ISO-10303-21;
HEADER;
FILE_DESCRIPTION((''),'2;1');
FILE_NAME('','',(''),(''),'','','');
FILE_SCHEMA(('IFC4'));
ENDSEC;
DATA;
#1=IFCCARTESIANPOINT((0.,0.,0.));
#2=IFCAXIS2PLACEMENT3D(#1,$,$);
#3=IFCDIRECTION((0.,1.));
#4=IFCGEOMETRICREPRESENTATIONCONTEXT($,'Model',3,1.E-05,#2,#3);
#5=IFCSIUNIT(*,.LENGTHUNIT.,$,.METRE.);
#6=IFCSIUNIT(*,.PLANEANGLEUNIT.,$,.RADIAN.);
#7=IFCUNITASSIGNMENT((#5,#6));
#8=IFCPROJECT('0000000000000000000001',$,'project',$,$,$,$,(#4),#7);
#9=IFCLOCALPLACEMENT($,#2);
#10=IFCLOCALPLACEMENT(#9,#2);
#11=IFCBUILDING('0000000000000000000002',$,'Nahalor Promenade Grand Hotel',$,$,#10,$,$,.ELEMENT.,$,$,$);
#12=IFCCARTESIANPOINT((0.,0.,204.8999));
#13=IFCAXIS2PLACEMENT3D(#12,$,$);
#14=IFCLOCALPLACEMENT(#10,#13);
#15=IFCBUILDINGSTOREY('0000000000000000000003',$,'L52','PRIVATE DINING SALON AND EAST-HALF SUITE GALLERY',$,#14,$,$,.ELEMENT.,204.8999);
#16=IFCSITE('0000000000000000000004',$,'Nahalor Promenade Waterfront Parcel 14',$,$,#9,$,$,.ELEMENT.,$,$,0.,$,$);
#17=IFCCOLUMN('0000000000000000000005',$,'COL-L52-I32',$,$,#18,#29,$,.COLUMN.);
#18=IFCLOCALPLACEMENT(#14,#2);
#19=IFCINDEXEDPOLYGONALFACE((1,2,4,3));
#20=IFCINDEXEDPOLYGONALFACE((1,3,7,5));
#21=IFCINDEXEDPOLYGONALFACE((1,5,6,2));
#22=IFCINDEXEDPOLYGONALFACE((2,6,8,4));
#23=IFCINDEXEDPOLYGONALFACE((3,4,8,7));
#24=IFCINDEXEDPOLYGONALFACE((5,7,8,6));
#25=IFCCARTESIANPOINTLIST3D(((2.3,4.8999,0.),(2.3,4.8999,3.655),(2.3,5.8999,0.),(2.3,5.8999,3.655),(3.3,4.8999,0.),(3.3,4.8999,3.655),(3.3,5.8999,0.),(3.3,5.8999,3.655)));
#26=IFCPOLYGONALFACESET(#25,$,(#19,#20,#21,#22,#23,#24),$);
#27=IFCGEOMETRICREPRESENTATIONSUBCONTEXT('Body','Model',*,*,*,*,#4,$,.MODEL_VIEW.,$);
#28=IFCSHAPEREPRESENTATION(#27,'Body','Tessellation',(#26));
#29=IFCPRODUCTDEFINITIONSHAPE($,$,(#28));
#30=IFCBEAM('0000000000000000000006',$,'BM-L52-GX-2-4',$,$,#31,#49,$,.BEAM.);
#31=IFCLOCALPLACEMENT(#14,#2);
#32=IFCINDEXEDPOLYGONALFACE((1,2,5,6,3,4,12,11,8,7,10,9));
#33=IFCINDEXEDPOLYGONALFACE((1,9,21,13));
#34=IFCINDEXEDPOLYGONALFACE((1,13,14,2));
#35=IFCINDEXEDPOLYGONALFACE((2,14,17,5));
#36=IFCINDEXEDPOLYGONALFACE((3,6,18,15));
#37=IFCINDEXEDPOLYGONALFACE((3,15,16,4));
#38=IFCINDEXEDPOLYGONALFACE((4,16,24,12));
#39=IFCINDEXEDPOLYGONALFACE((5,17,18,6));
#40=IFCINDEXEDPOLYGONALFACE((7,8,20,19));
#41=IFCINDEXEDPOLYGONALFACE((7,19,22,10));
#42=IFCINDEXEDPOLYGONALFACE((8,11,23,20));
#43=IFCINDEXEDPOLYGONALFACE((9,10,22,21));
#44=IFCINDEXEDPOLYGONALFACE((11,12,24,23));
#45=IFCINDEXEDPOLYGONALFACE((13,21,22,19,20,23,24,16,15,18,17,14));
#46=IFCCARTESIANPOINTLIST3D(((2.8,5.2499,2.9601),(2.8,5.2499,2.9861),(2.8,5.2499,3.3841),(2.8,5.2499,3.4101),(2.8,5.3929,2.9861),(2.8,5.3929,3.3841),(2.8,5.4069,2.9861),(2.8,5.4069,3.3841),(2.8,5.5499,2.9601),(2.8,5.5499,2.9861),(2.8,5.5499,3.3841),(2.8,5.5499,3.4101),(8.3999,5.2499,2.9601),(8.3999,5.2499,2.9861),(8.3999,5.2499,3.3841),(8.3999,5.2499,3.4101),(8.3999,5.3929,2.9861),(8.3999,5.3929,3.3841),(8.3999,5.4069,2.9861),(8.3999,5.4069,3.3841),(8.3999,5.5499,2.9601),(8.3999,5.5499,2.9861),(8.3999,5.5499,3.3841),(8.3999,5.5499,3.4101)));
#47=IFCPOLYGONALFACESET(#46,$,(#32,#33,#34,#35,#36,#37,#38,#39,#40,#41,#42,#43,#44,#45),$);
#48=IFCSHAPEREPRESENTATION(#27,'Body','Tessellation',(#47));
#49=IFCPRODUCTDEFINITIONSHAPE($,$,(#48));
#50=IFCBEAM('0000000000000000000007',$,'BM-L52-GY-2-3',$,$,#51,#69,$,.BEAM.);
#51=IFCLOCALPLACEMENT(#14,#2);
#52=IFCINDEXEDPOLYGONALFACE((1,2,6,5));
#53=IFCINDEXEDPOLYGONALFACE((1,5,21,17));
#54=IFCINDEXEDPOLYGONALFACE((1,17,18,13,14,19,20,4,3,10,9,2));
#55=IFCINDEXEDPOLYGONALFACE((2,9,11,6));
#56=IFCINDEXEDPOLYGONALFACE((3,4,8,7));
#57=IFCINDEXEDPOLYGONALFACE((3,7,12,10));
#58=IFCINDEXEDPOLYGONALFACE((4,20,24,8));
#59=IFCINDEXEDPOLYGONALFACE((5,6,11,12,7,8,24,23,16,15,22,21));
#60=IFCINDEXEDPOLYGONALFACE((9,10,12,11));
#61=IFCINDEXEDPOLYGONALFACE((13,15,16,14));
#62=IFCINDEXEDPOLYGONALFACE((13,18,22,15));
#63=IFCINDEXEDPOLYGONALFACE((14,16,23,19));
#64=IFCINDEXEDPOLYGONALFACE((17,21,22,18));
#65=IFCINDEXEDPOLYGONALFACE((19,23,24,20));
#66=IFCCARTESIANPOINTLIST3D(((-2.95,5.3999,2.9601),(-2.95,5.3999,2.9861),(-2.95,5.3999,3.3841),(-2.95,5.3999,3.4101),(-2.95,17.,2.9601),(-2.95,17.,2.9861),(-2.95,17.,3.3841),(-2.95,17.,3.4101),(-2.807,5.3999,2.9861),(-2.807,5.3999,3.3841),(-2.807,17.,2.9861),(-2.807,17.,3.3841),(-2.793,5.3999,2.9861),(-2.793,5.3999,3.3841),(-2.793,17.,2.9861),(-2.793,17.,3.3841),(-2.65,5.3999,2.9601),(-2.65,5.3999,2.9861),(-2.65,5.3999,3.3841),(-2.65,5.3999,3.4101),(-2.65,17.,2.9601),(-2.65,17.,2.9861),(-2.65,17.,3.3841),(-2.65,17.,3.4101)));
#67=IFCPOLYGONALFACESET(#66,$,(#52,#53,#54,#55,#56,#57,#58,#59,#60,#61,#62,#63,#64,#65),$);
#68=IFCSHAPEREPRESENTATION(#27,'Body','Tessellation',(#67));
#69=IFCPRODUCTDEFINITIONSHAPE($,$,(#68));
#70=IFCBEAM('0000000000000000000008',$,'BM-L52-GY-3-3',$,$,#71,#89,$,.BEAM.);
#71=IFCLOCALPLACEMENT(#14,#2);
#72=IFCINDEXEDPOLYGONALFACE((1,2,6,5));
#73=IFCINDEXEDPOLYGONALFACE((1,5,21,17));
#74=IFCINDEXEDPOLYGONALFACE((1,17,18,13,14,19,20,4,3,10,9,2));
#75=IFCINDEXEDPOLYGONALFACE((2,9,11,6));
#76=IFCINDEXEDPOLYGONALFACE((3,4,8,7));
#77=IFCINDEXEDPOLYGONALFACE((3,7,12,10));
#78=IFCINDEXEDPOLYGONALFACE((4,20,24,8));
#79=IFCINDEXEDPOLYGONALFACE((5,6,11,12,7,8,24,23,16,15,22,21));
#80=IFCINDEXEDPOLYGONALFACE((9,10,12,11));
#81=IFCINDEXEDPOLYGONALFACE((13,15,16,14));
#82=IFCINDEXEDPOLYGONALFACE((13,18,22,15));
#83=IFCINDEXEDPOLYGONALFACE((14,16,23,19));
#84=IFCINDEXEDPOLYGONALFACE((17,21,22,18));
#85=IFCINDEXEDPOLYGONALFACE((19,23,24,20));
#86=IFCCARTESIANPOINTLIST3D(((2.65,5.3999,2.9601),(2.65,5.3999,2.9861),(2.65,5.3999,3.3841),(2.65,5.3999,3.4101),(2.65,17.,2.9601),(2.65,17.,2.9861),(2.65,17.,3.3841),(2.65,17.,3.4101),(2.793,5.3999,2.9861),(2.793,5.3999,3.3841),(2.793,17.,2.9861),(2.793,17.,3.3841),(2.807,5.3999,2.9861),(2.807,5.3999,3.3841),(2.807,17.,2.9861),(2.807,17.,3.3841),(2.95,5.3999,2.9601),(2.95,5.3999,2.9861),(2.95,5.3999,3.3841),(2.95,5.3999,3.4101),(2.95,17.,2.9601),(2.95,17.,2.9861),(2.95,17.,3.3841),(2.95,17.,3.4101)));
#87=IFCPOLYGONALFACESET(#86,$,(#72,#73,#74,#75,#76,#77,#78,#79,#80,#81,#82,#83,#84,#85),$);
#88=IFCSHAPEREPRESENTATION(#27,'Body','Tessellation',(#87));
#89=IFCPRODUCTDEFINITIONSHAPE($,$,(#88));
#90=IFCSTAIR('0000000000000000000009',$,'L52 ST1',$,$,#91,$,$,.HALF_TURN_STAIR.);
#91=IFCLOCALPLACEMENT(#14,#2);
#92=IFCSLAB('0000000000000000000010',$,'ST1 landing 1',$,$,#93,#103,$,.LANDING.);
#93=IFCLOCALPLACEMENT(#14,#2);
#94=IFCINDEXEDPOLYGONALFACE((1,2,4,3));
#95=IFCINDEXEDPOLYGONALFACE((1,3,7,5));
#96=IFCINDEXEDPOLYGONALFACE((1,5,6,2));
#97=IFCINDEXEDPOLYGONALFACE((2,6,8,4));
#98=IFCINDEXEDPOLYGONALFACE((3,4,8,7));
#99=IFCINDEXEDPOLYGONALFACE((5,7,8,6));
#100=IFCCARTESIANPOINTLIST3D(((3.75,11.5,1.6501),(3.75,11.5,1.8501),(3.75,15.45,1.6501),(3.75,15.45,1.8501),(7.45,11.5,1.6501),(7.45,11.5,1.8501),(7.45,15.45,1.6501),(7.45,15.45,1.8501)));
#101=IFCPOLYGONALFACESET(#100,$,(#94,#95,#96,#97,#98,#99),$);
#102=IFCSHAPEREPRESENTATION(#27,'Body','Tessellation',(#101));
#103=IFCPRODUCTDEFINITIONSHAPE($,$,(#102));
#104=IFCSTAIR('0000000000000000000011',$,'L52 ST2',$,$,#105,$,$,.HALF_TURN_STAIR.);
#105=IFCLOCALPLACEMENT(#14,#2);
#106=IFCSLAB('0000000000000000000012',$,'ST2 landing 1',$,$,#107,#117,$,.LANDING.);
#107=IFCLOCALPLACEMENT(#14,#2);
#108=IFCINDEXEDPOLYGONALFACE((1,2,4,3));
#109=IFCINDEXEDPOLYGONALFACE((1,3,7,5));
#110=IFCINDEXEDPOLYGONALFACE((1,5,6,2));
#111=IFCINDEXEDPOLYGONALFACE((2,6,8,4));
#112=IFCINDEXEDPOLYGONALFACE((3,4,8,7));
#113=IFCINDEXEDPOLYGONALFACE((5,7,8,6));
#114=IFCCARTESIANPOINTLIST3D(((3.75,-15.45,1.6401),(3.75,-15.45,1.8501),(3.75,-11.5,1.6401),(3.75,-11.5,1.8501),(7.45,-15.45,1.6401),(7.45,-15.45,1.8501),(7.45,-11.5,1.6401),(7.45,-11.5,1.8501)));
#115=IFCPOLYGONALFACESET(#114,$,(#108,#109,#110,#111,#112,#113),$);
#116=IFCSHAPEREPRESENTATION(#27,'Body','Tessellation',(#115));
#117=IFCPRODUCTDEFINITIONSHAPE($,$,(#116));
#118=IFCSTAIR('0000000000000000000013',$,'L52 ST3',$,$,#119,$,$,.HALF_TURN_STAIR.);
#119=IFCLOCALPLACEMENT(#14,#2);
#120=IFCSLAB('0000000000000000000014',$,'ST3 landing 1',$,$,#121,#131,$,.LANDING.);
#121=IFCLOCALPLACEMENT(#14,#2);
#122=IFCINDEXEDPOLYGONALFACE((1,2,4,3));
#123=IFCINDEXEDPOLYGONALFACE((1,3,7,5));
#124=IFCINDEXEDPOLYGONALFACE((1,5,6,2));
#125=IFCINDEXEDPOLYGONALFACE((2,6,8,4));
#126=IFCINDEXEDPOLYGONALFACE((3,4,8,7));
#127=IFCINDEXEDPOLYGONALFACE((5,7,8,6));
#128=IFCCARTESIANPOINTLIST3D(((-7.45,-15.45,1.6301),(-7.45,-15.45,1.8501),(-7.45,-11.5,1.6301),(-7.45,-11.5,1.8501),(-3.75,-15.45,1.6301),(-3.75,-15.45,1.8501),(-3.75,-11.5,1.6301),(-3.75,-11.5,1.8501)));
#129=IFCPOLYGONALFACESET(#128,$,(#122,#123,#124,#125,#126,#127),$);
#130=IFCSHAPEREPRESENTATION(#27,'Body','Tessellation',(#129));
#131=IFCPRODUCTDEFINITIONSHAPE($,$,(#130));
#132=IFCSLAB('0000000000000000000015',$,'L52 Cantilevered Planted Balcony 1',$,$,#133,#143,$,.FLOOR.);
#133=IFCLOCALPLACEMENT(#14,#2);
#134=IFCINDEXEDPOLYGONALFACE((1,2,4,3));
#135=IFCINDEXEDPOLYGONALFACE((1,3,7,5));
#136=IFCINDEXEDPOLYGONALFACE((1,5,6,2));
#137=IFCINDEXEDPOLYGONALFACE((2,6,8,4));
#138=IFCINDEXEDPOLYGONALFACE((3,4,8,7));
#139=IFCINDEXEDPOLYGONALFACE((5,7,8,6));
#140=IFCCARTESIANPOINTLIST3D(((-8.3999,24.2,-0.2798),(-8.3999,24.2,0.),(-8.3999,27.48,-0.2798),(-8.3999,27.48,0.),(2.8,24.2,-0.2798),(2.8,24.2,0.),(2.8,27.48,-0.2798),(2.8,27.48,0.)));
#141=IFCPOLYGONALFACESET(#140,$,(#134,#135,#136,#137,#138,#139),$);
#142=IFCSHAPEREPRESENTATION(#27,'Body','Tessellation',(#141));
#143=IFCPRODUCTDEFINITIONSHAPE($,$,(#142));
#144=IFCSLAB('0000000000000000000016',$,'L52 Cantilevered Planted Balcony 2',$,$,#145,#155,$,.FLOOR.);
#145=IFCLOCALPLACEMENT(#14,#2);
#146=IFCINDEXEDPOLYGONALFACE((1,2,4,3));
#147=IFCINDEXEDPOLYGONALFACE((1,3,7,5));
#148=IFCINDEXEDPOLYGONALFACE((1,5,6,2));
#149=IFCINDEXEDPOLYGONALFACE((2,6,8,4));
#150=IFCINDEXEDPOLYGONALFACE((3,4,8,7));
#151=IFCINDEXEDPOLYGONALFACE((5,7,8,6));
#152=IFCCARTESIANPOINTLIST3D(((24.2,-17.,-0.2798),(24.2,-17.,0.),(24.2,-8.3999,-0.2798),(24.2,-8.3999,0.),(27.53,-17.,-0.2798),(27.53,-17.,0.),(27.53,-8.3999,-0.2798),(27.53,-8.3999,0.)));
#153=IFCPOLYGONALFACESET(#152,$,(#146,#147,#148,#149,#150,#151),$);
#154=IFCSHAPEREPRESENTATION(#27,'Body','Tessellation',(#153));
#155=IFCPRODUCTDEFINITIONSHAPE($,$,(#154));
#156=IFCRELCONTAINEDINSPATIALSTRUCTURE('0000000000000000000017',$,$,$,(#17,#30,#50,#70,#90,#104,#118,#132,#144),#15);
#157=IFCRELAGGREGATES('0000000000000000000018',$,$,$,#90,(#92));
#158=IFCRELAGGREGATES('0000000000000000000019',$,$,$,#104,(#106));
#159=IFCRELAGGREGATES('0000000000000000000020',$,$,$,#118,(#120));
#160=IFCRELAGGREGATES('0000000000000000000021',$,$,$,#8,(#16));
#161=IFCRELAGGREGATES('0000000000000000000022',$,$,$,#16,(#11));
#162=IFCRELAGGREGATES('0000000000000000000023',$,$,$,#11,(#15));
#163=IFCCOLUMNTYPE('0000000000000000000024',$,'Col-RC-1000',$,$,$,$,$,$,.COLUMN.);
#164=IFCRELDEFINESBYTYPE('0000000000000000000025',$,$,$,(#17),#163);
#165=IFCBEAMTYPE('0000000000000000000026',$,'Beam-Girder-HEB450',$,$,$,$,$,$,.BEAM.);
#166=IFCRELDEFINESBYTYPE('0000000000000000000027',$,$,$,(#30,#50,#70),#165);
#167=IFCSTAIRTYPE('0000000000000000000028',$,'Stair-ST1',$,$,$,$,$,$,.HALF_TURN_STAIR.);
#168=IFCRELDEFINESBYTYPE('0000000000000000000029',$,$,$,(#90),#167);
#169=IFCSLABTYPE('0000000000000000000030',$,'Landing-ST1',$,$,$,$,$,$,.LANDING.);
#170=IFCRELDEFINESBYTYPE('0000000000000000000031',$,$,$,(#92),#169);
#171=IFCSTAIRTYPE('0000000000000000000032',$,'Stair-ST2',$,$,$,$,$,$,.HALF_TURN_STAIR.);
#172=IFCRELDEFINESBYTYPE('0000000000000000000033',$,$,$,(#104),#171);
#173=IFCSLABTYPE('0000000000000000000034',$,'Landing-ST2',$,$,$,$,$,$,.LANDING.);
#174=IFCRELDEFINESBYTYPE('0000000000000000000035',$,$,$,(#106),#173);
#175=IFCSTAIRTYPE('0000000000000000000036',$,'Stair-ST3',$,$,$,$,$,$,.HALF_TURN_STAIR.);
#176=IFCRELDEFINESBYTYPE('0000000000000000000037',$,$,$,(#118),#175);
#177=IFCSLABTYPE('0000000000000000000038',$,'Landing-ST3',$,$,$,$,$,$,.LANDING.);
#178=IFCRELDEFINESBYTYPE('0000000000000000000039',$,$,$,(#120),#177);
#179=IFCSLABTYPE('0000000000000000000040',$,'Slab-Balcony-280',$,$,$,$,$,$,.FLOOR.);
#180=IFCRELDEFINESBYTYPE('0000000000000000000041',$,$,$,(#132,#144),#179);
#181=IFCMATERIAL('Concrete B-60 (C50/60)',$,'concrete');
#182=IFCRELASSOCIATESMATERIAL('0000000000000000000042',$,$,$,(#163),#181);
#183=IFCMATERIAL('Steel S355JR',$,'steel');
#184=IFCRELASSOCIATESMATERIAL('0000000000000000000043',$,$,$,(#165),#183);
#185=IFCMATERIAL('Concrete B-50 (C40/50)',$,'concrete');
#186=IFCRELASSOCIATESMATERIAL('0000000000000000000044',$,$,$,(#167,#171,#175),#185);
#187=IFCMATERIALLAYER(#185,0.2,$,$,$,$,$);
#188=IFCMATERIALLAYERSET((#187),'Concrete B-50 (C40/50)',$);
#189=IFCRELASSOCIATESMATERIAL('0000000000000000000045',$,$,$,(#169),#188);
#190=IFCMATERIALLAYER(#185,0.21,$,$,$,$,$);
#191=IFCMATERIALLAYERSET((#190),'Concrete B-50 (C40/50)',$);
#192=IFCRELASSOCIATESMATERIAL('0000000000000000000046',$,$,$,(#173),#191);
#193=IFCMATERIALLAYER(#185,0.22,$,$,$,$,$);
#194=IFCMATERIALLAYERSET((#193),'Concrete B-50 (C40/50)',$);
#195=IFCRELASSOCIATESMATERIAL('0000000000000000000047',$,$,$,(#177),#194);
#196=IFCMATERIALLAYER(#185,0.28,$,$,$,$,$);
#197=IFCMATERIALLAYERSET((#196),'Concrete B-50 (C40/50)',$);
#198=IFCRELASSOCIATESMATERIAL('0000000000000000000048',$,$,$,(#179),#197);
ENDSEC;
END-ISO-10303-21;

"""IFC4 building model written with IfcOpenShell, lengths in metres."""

from ifc_helpers import new_model, si_unit, direction, frame, origin, origin_2d, place, context, subcontext, project, spatial, polyline, rectangle, i_section, outline, extrude, source, transform, mapped, material, layer, layer_set, material_profile, profile_set, type_object, element, aggregate, save


model = new_model("IFC4")

# Units and contexts
model_context = context("Model", 3, precision=1e-05, world=origin(), true_north=direction((0.0, 1.0)))
body_context = subcontext(model_context, "Body", "Model", "MODEL_VIEW")
ifc_project = project(units=[si_unit("LENGTHUNIT", "METRE"), si_unit("PLANEANGLEUNIT", "RADIAN")], contexts=[model_context])

# Site, building, storey
site_placement = place(None, origin())
site = spatial("IfcSite", under=ifc_project, at=site_placement, Name="Nahalor Promenade Waterfront Parcel 14", CompositionType="ELEMENT", RefElevation=0.0)
building_placement = place(site_placement, origin())
building = spatial("IfcBuilding", under=site, at=building_placement, Name="Nahalor Promenade Grand Hotel", CompositionType="ELEMENT")
storey_placement = place(building_placement, frame((0.0, 0.0, 204.8999)))
storey = spatial("IfcBuildingStorey", under=building, at=storey_placement, Name="L52", Description="PRIVATE DINING SALON AND EAST-HALF SUITE GALLERY", CompositionType="ELEMENT", Elevation=204.8999)

# Column
ifc_material_1 = material(Name="Concrete B-60 (C50/60)", Category="concrete")
ifc_material_profile_1 = material_profile(ifc_material_1, rectangle(XDim=1.0, YDim=1.0, at=origin_2d()), Name="RC 1000x1000")
ifc_profile_set_1 = profile_set([ifc_material_profile_1], Name="Concrete B-60 (C50/60)")
column_type = type_object("IfcColumnType", Name="Col-RC-1000", PredefinedType="COLUMN", material=ifc_profile_set_1)
shared_shape_1 = source(origin(), body_context, "Body", "SweptSolid", [
    extrude(rectangle(XDim=1.0, YDim=1.0, at=origin_2d()), origin(), (0.0, 0.0, 1.0), 3.655),
])
column_placement = place(storey_placement, frame((2.8, 5.3999, 0.0), z_axis=(0.0, 0.0, 1.0), x_axis=(1.0, 0.0, 0.0)))
element("IfcColumn", 1, at=column_placement, inside=storey, type_object=column_type, Name="COL-L52-I32", PredefinedType="COLUMN", context=body_context, shape_type="MappedRepresentation", body=[
    mapped(shared_shape_1, transform((0.0, 0.0, 0.0), scale=1.0)),
])

# Beams
ifc_material_2 = material(Name="Steel S355JR", Category="steel")
ifc_material_profile_2 = material_profile(ifc_material_2, i_section(OverallWidth=0.3, OverallDepth=0.45, WebThickness=0.014, FlangeThickness=0.026, at=origin_2d()), Name="HEB 450")
ifc_profile_set_2 = profile_set([ifc_material_profile_2], Name="Steel S355JR")
beam_type = type_object("IfcBeamType", Name="Beam-Girder-HEB450", PredefinedType="BEAM", material=ifc_profile_set_2)
shared_shape_2 = source(origin(), body_context, "Body", "SweptSolid", [
    extrude(i_section(OverallWidth=0.3, OverallDepth=0.45, WebThickness=0.014, FlangeThickness=0.026, at=origin_2d()), origin(), (0.0, 0.0, 1.0), 5.5999),
])
beam_placement = place(storey_placement, frame((2.8, 5.3999, 3.1851), z_axis=(1.0, 0.0, 0.0), x_axis=(0.0, 1.0, 0.0)))
element("IfcBeam", 2, at=beam_placement, inside=storey, type_object=beam_type, Name="BM-L52-GX-2-4", PredefinedType="BEAM", context=body_context, shape_type="MappedRepresentation", body=[
    mapped(shared_shape_2, transform((0.0, 0.0, 0.0), scale=1.0)),
])
shared_shape_3 = source(origin(), body_context, "Body", "SweptSolid", [
    extrude(i_section(OverallWidth=0.3, OverallDepth=0.45, WebThickness=0.014, FlangeThickness=0.026, at=origin_2d()), origin(), (0.0, 0.0, 1.0), 11.6001),
])
for number, where, z_axis, x_axis, name in (
    (3, (-2.8, 5.3999, 3.1851), (0.0, 1.0, 0.0), (-1.0, 0.0, 0.0), "BM-L52-GY-2-3"),
    (4, (2.8, 5.3999, 3.1851), (0.0, 1.0, 0.0), (-1.0, 0.0, 0.0), "BM-L52-GY-3-3"),
):
    element("IfcBeam", number, at=place(storey_placement, frame(where, z_axis=z_axis, x_axis=x_axis)), inside=storey, type_object=beam_type, Name=name, PredefinedType="BEAM", context=body_context, shape_type="MappedRepresentation", body=[
        mapped(shared_shape_3, transform((0.0, 0.0, 0.0), scale=1.0)),
    ])

# Stairs, slabs
ifc_material_3 = material(Name="Concrete B-50 (C40/50)", Category="concrete")
stair_type_1 = type_object("IfcStairType", Name="Stair-ST1", PredefinedType="HALF_TURN_STAIR", material=ifc_material_3)
stair_1_placement = place(storey_placement, origin())
stair_1 = element("IfcStair", 5, at=stair_1_placement, inside=storey, type_object=stair_type_1, Name="L52 ST1", PredefinedType="HALF_TURN_STAIR")
ifc_layer_1 = layer(ifc_material_3, 0.2)
ifc_layer_set_1 = layer_set([ifc_layer_1], Name="Concrete B-50 (C40/50)")
slab_type_1 = type_object("IfcSlabType", Name="Landing-ST1", PredefinedType="LANDING", material=ifc_layer_set_1)
slab_1_placement = place(storey_placement, frame((0.0, 0.0, 1.6501)))
slab_1 = element("IfcSlab", 6, at=slab_1_placement, type_object=slab_type_1, Name="ST1 landing 1", PredefinedType="LANDING", context=body_context, shape_type="SweptSolid", body=[
    extrude(outline(polyline([(7.45, 11.5), (7.45, 15.45), (3.75, 15.45), (3.75, 11.5), (7.45, 11.5)])), origin(), (0.0, 0.0, 1.0), 0.2),
])
aggregate(stair_1, [slab_1])
stair_type_2 = type_object("IfcStairType", Name="Stair-ST2", PredefinedType="HALF_TURN_STAIR", material=ifc_material_3)
stair_2_placement = place(storey_placement, origin())
stair_2 = element("IfcStair", 7, at=stair_2_placement, inside=storey, type_object=stair_type_2, Name="L52 ST2", PredefinedType="HALF_TURN_STAIR")
ifc_layer_2 = layer(ifc_material_3, 0.21)
ifc_layer_set_2 = layer_set([ifc_layer_2], Name="Concrete B-50 (C40/50)")
slab_type_2 = type_object("IfcSlabType", Name="Landing-ST2", PredefinedType="LANDING", material=ifc_layer_set_2)
slab_2_placement = place(storey_placement, frame((0.0, 0.0, 1.6401)))
slab_2 = element("IfcSlab", 8, at=slab_2_placement, type_object=slab_type_2, Name="ST2 landing 1", PredefinedType="LANDING", context=body_context, shape_type="SweptSolid", body=[
    extrude(outline(polyline([(3.75, -11.5), (3.75, -15.45), (7.45, -15.45), (7.45, -11.5), (3.75, -11.5)])), origin(), (0.0, 0.0, 1.0), 0.21),
])
aggregate(stair_2, [slab_2])
stair_type_3 = type_object("IfcStairType", Name="Stair-ST3", PredefinedType="HALF_TURN_STAIR", material=ifc_material_3)
stair_3_placement = place(storey_placement, origin())
stair_3 = element("IfcStair", 9, at=stair_3_placement, inside=storey, type_object=stair_type_3, Name="L52 ST3", PredefinedType="HALF_TURN_STAIR")
ifc_layer_3 = layer(ifc_material_3, 0.22)
ifc_layer_set_3 = layer_set([ifc_layer_3], Name="Concrete B-50 (C40/50)")
slab_type_3 = type_object("IfcSlabType", Name="Landing-ST3", PredefinedType="LANDING", material=ifc_layer_set_3)
slab_3_placement = place(storey_placement, frame((0.0, 0.0, 1.6301)))
slab_3 = element("IfcSlab", 10, at=slab_3_placement, type_object=slab_type_3, Name="ST3 landing 1", PredefinedType="LANDING", context=body_context, shape_type="SweptSolid", body=[
    extrude(outline(polyline([(-7.45, -11.5), (-7.45, -15.45), (-3.75, -15.45), (-3.75, -11.5), (-7.45, -11.5)])), origin(), (0.0, 0.0, 1.0), 0.22),
])
aggregate(stair_3, [slab_3])

# Slabs
ifc_layer_4 = layer(ifc_material_3, 0.28)
ifc_layer_set_4 = layer_set([ifc_layer_4], Name="Concrete B-50 (C40/50)")
slab_type_4 = type_object("IfcSlabType", Name="Slab-Balcony-280", PredefinedType="FLOOR", material=ifc_layer_set_4)
slab_4_placement = place(storey_placement, frame((0.0, 0.0, -0.2798)))
element("IfcSlab", 11, at=slab_4_placement, inside=storey, type_object=slab_type_4, Name="L52 Cantilevered Planted Balcony 1", PredefinedType="FLOOR", context=body_context, shape_type="SweptSolid", body=[
    extrude(outline(polyline([(-8.3999, 24.2), (2.8, 24.2), (2.8, 27.48), (-8.3999, 27.48), (-8.3999, 24.2)])), origin(), (0.0, 0.0, 1.0), 0.2798),
])
slab_5_placement = place(storey_placement, frame((0.0, 0.0, -0.2798)))
element("IfcSlab", 12, at=slab_5_placement, inside=storey, type_object=slab_type_4, Name="L52 Cantilevered Planted Balcony 2", PredefinedType="FLOOR", context=body_context, shape_type="SweptSolid", body=[
    extrude(outline(polyline([(24.2, -17.0), (27.53, -17.0), (27.53, -8.3999), (24.2, -8.3999), (24.2, -17.0)])), origin(), (0.0, 0.0, 1.0), 0.2798),
])

save(model, "model.ifc")
